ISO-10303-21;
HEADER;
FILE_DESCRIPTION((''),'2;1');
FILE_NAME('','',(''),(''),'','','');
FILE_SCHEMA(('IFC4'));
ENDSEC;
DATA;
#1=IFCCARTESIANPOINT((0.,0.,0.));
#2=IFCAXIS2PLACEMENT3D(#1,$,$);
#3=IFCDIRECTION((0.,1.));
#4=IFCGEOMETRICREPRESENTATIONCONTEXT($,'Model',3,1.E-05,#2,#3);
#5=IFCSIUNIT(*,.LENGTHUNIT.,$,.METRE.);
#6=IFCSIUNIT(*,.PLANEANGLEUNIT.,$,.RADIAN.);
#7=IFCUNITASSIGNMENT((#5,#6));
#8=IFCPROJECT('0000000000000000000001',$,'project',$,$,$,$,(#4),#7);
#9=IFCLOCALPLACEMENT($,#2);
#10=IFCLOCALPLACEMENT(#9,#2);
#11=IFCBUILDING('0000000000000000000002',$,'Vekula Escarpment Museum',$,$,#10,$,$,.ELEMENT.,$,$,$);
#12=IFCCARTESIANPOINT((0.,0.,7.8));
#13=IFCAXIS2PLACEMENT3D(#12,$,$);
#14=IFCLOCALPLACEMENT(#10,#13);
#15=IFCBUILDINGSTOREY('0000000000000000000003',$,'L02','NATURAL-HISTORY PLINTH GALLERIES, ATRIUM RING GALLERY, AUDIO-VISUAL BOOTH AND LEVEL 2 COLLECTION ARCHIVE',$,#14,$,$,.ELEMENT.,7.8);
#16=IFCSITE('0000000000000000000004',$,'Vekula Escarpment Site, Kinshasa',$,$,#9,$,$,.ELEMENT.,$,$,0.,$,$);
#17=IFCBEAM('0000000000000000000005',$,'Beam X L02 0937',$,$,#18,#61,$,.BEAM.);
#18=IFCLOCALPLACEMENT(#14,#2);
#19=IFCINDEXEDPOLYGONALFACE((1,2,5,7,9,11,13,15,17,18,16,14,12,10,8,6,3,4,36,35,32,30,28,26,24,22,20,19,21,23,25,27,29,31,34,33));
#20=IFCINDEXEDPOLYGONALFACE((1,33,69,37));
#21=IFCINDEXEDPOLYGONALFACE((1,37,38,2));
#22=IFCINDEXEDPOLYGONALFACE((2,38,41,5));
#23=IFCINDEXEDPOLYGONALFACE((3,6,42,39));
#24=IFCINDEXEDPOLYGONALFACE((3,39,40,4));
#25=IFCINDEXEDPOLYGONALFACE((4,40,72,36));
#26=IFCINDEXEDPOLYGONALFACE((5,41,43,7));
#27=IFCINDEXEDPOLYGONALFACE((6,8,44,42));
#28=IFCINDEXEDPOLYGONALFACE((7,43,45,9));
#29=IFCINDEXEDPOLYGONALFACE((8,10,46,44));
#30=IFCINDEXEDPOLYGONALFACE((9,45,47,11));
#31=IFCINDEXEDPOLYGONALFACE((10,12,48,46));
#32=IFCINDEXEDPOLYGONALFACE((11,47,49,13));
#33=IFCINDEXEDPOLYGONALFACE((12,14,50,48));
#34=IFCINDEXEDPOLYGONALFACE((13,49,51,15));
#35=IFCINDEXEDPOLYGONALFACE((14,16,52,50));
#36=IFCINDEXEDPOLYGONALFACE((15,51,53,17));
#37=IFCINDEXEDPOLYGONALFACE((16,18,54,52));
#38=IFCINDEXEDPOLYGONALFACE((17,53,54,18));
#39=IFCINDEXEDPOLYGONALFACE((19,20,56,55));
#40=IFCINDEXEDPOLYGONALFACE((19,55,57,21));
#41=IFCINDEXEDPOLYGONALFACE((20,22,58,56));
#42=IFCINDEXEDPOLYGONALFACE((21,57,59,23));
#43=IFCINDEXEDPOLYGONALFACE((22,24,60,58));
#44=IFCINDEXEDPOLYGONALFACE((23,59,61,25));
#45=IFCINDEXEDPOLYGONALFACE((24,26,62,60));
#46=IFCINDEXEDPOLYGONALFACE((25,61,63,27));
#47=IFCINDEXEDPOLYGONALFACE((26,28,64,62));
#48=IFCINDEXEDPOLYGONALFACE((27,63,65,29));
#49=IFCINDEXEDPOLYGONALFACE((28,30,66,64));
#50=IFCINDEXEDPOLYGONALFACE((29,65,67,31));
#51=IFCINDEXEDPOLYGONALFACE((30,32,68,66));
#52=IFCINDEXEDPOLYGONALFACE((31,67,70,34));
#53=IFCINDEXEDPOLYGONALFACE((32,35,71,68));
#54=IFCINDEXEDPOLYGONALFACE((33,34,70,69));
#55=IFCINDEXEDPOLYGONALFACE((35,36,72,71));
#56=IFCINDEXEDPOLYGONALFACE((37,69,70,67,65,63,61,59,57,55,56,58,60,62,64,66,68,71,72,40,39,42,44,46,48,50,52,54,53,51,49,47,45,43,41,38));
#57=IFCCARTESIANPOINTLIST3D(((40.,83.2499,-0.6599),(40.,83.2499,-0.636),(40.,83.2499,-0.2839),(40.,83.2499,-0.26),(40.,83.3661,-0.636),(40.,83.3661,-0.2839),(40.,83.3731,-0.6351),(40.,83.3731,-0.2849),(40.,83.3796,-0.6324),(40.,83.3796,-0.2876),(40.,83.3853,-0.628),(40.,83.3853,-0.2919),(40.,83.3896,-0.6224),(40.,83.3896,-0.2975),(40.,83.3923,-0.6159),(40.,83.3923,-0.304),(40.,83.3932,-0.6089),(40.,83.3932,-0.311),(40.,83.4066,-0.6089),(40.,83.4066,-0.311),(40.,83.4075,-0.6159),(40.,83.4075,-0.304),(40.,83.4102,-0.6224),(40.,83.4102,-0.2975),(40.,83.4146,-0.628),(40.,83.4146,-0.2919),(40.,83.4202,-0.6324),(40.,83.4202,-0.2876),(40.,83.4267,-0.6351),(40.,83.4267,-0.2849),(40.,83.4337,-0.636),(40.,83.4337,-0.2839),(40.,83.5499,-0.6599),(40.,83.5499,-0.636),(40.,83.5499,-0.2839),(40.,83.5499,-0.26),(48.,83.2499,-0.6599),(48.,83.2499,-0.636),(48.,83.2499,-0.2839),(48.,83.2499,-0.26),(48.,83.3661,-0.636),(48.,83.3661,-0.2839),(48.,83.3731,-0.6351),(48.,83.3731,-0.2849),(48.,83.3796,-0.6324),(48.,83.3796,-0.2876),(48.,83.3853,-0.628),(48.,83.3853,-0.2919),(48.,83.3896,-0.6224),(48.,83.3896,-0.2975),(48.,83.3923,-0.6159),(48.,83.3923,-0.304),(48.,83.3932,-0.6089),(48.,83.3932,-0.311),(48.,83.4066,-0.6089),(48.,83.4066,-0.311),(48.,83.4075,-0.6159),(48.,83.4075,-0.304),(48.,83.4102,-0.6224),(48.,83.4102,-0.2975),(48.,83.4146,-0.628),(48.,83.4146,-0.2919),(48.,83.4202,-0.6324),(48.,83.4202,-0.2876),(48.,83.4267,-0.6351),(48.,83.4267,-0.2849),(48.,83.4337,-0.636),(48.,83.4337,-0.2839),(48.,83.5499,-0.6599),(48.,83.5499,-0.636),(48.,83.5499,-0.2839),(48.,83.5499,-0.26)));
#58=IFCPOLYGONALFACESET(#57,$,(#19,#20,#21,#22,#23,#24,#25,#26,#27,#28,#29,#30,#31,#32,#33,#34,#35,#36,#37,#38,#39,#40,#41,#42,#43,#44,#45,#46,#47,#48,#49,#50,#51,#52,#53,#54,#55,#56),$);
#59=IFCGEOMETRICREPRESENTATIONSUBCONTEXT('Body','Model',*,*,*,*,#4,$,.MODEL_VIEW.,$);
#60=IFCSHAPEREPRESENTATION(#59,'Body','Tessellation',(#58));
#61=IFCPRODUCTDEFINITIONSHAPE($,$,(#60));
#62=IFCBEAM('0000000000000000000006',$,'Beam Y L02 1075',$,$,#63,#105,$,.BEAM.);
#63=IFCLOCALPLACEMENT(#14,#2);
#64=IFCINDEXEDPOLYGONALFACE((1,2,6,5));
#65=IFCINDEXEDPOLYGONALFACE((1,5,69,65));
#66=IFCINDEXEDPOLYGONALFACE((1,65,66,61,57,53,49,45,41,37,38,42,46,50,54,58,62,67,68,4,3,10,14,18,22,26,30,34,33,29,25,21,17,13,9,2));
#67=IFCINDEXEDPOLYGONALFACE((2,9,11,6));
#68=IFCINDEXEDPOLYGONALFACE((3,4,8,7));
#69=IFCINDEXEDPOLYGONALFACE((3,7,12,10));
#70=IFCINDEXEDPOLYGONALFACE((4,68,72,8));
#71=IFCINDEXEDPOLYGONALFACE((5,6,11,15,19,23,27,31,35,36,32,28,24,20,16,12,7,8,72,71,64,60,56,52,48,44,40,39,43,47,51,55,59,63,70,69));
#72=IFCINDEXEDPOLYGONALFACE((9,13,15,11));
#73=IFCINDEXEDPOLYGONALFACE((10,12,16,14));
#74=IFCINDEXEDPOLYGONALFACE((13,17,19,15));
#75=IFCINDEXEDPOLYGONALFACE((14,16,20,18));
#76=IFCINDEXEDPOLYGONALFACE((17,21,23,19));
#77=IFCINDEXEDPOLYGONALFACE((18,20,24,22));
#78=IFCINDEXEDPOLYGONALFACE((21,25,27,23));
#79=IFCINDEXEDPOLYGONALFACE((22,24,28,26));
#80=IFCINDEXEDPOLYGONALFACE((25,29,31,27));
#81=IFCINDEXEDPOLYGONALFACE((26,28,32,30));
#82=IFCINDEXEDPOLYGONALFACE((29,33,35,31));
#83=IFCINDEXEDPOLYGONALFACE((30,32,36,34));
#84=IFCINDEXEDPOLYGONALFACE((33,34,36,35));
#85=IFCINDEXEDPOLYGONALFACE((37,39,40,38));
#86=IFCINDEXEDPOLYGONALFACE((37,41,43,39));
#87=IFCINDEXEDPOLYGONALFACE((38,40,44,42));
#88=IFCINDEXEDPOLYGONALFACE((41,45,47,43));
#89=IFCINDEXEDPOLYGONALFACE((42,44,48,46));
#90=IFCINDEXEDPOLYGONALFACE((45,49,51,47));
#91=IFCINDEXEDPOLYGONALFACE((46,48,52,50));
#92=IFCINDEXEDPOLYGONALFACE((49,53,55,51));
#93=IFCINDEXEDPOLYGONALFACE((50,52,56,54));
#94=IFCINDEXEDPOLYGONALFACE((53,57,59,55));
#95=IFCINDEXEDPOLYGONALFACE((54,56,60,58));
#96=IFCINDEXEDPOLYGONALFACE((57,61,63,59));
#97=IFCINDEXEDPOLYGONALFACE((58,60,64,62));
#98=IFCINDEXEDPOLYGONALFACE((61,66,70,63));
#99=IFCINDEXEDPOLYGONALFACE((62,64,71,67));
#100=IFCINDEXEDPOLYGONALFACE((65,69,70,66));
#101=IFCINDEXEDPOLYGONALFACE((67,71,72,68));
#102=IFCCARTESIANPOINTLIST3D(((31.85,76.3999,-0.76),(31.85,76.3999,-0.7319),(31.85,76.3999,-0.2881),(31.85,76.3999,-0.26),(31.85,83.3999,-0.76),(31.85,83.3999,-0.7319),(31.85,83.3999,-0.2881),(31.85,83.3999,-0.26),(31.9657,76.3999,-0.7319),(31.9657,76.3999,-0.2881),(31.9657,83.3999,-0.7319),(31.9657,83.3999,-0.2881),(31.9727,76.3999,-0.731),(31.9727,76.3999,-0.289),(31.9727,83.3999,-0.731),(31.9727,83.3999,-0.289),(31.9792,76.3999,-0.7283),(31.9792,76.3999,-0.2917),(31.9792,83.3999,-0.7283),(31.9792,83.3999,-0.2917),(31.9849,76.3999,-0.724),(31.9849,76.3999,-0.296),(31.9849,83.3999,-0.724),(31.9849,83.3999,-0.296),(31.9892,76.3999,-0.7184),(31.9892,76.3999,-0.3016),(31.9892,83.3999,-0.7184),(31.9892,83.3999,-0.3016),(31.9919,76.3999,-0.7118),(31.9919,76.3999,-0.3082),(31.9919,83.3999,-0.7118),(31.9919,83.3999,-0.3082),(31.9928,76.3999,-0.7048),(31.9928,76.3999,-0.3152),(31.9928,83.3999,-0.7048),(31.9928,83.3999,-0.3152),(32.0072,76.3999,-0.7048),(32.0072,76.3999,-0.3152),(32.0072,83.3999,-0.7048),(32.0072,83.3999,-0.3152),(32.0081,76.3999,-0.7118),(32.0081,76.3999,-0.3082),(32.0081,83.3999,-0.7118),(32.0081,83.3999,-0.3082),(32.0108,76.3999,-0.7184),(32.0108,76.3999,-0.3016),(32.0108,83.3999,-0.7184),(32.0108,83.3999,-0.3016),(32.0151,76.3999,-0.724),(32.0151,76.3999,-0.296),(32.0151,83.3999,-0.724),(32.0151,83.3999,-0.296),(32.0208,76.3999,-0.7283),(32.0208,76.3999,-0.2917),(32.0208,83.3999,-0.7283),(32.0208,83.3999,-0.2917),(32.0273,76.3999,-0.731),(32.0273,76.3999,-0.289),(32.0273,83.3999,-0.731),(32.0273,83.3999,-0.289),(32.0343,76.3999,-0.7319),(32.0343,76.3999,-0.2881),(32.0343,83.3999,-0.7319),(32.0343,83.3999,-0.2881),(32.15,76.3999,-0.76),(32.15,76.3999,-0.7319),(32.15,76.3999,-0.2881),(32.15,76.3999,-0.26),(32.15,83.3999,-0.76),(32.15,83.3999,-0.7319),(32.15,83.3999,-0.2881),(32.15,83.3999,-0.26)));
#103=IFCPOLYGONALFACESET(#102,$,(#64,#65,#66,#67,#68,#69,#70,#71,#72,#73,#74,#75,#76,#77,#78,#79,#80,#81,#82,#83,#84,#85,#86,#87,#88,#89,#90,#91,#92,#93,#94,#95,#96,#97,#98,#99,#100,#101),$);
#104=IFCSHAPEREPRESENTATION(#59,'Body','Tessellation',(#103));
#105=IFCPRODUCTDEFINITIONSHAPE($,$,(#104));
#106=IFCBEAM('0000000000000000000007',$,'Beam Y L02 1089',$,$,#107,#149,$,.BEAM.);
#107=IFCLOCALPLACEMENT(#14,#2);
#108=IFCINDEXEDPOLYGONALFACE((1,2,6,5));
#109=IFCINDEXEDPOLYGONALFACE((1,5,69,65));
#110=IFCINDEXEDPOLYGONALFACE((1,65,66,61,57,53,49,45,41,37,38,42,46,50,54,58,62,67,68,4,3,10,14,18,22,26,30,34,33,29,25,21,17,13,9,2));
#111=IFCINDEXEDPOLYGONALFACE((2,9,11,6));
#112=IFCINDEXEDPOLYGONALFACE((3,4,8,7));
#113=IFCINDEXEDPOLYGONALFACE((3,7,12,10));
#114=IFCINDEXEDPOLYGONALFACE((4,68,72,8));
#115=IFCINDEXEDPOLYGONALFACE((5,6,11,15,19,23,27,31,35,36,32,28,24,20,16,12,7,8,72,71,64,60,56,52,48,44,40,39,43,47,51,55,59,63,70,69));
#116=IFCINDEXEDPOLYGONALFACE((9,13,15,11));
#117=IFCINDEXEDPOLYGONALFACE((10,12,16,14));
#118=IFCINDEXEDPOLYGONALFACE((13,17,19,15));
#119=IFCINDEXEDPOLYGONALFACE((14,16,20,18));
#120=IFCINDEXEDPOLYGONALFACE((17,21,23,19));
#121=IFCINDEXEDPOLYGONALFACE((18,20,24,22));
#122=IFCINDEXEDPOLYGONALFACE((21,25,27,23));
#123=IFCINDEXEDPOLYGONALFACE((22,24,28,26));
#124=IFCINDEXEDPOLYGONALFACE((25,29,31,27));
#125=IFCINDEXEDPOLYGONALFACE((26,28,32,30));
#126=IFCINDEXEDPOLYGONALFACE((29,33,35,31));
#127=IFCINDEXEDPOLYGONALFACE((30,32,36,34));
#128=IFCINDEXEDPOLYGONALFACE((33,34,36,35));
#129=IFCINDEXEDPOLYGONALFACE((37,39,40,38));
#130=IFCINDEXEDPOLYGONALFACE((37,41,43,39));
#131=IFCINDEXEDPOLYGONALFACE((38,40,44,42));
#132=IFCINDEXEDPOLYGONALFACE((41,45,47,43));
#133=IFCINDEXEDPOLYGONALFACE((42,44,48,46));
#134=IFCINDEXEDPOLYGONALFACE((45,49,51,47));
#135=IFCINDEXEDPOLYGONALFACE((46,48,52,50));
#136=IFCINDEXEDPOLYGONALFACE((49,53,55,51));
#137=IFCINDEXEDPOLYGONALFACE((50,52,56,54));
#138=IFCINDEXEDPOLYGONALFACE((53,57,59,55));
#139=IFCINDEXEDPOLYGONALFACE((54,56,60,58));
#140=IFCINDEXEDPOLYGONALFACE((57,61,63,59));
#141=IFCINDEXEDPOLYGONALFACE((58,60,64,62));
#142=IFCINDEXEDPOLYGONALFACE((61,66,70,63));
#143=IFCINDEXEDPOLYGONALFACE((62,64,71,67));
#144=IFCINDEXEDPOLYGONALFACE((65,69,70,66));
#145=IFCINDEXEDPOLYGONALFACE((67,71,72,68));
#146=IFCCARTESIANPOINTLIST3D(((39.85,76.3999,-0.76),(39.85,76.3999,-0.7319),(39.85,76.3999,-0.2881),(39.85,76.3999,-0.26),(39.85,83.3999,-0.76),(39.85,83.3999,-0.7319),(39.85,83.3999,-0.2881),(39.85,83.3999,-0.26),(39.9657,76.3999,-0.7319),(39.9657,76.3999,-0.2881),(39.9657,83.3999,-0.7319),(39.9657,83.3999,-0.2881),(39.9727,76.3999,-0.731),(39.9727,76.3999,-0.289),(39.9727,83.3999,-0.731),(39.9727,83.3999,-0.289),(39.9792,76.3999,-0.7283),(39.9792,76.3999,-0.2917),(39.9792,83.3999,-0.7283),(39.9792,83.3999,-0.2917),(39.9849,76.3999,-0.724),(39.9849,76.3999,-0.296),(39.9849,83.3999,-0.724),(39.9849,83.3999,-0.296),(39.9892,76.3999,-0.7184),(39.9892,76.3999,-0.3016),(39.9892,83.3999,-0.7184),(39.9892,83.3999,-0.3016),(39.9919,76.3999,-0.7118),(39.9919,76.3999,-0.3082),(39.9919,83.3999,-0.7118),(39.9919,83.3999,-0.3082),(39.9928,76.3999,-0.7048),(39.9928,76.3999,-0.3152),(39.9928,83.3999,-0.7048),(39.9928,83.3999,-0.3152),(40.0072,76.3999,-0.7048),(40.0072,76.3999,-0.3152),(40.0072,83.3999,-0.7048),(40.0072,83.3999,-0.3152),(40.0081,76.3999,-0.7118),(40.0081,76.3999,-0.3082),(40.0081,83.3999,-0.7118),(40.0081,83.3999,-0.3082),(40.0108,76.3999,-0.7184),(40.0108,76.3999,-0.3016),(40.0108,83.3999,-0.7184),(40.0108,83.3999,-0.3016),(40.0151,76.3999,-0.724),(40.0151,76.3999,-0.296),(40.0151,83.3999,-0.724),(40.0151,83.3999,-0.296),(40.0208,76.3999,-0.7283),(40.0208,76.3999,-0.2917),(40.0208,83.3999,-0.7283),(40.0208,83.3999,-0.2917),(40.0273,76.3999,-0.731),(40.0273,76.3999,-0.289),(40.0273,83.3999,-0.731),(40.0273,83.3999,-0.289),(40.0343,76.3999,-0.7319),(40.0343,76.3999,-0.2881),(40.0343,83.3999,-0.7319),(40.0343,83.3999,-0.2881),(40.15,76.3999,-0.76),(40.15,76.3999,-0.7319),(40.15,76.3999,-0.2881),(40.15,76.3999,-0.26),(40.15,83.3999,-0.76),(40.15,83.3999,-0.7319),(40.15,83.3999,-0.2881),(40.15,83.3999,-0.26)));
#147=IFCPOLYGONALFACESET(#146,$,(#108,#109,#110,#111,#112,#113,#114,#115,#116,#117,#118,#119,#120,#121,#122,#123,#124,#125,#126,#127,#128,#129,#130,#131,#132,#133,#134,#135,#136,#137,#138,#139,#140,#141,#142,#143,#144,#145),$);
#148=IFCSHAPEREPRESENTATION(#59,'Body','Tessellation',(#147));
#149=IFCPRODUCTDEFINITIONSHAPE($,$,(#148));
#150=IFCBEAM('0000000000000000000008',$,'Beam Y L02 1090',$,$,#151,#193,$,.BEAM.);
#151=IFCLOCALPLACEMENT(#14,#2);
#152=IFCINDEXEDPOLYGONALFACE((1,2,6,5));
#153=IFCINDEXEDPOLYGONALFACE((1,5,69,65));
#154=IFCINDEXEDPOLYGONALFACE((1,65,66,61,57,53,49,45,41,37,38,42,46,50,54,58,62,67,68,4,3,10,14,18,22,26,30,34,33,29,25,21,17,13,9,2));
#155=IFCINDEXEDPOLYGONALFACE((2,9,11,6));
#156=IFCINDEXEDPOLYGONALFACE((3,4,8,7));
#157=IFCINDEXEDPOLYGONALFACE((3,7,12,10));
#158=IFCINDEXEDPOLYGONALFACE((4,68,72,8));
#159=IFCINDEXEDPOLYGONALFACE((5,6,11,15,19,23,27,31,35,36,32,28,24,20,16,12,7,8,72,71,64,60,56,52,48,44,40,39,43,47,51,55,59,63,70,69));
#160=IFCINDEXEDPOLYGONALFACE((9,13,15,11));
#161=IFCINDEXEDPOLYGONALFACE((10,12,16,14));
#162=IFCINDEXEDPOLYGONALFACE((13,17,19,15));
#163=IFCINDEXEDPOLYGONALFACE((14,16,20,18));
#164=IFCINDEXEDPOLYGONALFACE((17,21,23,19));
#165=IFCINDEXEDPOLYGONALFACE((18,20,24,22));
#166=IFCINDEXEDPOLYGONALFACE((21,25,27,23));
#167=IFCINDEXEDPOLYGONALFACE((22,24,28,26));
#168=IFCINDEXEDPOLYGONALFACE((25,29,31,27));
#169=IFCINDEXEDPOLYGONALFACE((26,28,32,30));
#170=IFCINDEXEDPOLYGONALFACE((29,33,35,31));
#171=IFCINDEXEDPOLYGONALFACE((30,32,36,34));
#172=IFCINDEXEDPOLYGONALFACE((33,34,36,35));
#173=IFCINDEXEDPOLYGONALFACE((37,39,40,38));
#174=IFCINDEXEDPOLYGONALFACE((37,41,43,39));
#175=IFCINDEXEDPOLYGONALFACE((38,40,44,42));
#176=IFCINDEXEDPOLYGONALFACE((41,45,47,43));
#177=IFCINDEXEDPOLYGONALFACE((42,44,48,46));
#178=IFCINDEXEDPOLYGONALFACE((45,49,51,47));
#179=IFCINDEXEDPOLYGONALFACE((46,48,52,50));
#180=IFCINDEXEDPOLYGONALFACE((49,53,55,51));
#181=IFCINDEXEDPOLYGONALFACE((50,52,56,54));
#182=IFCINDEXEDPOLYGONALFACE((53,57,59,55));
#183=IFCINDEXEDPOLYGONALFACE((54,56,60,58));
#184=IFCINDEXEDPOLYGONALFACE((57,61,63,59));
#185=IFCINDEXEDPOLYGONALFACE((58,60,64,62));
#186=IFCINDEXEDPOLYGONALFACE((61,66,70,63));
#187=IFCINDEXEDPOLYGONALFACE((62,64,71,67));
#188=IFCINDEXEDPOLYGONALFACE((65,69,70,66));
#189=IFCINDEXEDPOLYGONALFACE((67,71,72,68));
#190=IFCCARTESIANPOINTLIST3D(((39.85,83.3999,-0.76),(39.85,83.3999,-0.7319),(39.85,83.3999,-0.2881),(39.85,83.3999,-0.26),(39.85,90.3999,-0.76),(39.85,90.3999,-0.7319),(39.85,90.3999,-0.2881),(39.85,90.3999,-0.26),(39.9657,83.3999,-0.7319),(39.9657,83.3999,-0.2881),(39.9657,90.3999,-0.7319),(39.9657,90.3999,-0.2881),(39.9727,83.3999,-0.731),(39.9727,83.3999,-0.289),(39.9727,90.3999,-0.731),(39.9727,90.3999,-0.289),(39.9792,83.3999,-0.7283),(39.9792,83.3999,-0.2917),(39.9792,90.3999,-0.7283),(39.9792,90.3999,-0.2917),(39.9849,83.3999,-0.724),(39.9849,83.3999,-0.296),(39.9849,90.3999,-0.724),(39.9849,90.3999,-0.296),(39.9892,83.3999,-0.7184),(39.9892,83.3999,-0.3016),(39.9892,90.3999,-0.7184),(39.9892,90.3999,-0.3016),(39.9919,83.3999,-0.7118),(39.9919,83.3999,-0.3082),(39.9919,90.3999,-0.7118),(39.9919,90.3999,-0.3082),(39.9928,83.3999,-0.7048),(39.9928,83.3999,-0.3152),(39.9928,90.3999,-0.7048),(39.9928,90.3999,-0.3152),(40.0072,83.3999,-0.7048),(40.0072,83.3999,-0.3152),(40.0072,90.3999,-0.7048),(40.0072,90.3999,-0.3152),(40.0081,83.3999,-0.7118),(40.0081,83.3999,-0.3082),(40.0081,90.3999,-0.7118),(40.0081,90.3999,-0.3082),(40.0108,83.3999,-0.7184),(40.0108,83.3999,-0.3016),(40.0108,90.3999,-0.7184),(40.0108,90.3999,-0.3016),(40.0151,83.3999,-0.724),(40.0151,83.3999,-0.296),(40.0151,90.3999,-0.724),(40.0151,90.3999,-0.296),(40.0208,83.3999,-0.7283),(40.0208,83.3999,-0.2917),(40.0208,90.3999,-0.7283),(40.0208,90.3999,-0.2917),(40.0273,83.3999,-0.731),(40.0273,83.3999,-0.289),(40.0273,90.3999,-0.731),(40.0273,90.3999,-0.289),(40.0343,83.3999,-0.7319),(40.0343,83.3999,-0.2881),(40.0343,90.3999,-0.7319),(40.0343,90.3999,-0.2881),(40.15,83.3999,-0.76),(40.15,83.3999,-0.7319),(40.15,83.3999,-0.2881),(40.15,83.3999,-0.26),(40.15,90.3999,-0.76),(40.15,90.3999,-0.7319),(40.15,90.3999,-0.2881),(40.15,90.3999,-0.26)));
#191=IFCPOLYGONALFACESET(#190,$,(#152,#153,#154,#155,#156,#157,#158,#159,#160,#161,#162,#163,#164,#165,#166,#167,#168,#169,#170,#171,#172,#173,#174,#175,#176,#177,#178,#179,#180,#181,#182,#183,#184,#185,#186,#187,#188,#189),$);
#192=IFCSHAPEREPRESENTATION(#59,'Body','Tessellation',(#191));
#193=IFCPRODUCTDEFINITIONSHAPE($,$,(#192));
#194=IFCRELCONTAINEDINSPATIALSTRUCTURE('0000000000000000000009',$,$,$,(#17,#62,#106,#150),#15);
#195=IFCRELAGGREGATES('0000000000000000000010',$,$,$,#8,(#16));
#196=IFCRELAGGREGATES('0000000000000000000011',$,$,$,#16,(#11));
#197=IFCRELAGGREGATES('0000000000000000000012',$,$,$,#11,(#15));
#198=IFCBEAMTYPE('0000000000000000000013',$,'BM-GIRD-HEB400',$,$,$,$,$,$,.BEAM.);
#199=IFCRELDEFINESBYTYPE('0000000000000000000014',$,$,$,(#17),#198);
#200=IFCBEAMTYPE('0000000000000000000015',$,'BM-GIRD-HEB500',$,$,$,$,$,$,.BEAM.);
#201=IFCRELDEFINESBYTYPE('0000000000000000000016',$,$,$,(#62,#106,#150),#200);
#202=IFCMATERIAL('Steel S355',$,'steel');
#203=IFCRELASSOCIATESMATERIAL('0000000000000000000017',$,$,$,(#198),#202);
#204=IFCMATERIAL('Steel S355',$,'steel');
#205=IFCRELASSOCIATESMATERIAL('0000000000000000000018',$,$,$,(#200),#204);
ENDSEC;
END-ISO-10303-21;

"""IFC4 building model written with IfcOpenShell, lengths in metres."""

from ifc_helpers import new_model, si_unit, direction, frame, origin, origin_2d, place, context, subcontext, project, spatial, i_section, extrude, material, material_profile, profile_set, type_object, element, save


model = new_model("IFC4")

# Units and contexts
model_context = context("Model", 3, precision=1e-05, world=origin(), true_north=direction((0.0, 1.0)))
body_context = subcontext(model_context, "Body", "Model", "MODEL_VIEW")
ifc_project = project(units=[si_unit("LENGTHUNIT", "METRE"), si_unit("PLANEANGLEUNIT", "RADIAN")], contexts=[model_context])

# Site, building, storey
site_placement = place(None, origin())
site = spatial("IfcSite", under=ifc_project, at=site_placement, Name="Vekula Escarpment Site, Kinshasa", CompositionType="ELEMENT", RefElevation=0.0)
building_placement = place(site_placement, origin())
building = spatial("IfcBuilding", under=site, at=building_placement, Name="Vekula Escarpment Museum", CompositionType="ELEMENT")
storey_placement = place(building_placement, frame((0.0, 0.0, 7.8)))
storey = spatial("IfcBuildingStorey", under=building, at=storey_placement, Name="L02", Description="NATURAL-HISTORY PLINTH GALLERIES, ATRIUM RING GALLERY, AUDIO-VISUAL BOOTH AND LEVEL 2 COLLECTION ARCHIVE", CompositionType="ELEMENT", Elevation=7.8)

# Beams
ifc_material_1 = material(Name="Steel S355", Category="steel")
ifc_material_profile_1 = material_profile(ifc_material_1, i_section(OverallWidth=0.3, OverallDepth=0.3999, WebThickness=0.0134, FlangeThickness=0.0239, FilletRadius=0.0271, at=origin_2d()), Name="HEB 400")
ifc_profile_set_1 = profile_set([ifc_material_profile_1], Name="Steel S355")
beam_type_1 = type_object("IfcBeamType", Name="BM-GIRD-HEB400", PredefinedType="BEAM", material=ifc_profile_set_1)
beam_1_placement = place(storey_placement, frame((40.0, 83.3999, -0.46), z_axis=(1.0, 0.0, 0.0), x_axis=(0.0, 1.0, 0.0)))
element("IfcBeam", 1, at=beam_1_placement, inside=storey, type_object=beam_type_1, Name="Beam X L02 0937", PredefinedType="BEAM", context=body_context, shape_type="SweptSolid", body=[
    extrude(i_section(OverallWidth=0.3, OverallDepth=0.3999, WebThickness=0.0134, FlangeThickness=0.0239, FilletRadius=0.0271, at=origin_2d()), origin(), (0.0, 0.0, 1.0), 8.0),
])
ifc_material_2 = material(Name="Steel S355", Category="steel")
ifc_material_profile_2 = material_profile(ifc_material_2, i_section(OverallWidth=0.3, OverallDepth=0.5, WebThickness=0.0144, FlangeThickness=0.0281, FilletRadius=0.0271, at=origin_2d()), Name="HEB 500")
ifc_profile_set_2 = profile_set([ifc_material_profile_2], Name="Steel S355")
beam_type_2 = type_object("IfcBeamType", Name="BM-GIRD-HEB500", PredefinedType="BEAM", material=ifc_profile_set_2)
for number, where, z_axis, x_axis, name in (
    (2, (32.0, 76.3999, -0.51), (0.0, 1.0, 0.0), (-1.0, 0.0, 0.0), "Beam Y L02 1075"),
    (3, (40.0, 76.3999, -0.51), (0.0, 1.0, 0.0), (-1.0, 0.0, 0.0), "Beam Y L02 1089"),
    (4, (40.0, 83.3999, -0.51), (0.0, 1.0, 0.0), (-1.0, 0.0, 0.0), "Beam Y L02 1090"),
):
    element("IfcBeam", number, at=place(storey_placement, frame(where, z_axis=z_axis, x_axis=x_axis)), inside=storey, type_object=beam_type_2, Name=name, PredefinedType="BEAM", context=body_context, shape_type="SweptSolid", body=[
        extrude(i_section(OverallWidth=0.3, OverallDepth=0.5, WebThickness=0.0144, FlangeThickness=0.0281, FilletRadius=0.0271, at=origin_2d()), origin(), (0.0, 0.0, 1.0), 7.0),
    ])

save(model, "model.ifc")
